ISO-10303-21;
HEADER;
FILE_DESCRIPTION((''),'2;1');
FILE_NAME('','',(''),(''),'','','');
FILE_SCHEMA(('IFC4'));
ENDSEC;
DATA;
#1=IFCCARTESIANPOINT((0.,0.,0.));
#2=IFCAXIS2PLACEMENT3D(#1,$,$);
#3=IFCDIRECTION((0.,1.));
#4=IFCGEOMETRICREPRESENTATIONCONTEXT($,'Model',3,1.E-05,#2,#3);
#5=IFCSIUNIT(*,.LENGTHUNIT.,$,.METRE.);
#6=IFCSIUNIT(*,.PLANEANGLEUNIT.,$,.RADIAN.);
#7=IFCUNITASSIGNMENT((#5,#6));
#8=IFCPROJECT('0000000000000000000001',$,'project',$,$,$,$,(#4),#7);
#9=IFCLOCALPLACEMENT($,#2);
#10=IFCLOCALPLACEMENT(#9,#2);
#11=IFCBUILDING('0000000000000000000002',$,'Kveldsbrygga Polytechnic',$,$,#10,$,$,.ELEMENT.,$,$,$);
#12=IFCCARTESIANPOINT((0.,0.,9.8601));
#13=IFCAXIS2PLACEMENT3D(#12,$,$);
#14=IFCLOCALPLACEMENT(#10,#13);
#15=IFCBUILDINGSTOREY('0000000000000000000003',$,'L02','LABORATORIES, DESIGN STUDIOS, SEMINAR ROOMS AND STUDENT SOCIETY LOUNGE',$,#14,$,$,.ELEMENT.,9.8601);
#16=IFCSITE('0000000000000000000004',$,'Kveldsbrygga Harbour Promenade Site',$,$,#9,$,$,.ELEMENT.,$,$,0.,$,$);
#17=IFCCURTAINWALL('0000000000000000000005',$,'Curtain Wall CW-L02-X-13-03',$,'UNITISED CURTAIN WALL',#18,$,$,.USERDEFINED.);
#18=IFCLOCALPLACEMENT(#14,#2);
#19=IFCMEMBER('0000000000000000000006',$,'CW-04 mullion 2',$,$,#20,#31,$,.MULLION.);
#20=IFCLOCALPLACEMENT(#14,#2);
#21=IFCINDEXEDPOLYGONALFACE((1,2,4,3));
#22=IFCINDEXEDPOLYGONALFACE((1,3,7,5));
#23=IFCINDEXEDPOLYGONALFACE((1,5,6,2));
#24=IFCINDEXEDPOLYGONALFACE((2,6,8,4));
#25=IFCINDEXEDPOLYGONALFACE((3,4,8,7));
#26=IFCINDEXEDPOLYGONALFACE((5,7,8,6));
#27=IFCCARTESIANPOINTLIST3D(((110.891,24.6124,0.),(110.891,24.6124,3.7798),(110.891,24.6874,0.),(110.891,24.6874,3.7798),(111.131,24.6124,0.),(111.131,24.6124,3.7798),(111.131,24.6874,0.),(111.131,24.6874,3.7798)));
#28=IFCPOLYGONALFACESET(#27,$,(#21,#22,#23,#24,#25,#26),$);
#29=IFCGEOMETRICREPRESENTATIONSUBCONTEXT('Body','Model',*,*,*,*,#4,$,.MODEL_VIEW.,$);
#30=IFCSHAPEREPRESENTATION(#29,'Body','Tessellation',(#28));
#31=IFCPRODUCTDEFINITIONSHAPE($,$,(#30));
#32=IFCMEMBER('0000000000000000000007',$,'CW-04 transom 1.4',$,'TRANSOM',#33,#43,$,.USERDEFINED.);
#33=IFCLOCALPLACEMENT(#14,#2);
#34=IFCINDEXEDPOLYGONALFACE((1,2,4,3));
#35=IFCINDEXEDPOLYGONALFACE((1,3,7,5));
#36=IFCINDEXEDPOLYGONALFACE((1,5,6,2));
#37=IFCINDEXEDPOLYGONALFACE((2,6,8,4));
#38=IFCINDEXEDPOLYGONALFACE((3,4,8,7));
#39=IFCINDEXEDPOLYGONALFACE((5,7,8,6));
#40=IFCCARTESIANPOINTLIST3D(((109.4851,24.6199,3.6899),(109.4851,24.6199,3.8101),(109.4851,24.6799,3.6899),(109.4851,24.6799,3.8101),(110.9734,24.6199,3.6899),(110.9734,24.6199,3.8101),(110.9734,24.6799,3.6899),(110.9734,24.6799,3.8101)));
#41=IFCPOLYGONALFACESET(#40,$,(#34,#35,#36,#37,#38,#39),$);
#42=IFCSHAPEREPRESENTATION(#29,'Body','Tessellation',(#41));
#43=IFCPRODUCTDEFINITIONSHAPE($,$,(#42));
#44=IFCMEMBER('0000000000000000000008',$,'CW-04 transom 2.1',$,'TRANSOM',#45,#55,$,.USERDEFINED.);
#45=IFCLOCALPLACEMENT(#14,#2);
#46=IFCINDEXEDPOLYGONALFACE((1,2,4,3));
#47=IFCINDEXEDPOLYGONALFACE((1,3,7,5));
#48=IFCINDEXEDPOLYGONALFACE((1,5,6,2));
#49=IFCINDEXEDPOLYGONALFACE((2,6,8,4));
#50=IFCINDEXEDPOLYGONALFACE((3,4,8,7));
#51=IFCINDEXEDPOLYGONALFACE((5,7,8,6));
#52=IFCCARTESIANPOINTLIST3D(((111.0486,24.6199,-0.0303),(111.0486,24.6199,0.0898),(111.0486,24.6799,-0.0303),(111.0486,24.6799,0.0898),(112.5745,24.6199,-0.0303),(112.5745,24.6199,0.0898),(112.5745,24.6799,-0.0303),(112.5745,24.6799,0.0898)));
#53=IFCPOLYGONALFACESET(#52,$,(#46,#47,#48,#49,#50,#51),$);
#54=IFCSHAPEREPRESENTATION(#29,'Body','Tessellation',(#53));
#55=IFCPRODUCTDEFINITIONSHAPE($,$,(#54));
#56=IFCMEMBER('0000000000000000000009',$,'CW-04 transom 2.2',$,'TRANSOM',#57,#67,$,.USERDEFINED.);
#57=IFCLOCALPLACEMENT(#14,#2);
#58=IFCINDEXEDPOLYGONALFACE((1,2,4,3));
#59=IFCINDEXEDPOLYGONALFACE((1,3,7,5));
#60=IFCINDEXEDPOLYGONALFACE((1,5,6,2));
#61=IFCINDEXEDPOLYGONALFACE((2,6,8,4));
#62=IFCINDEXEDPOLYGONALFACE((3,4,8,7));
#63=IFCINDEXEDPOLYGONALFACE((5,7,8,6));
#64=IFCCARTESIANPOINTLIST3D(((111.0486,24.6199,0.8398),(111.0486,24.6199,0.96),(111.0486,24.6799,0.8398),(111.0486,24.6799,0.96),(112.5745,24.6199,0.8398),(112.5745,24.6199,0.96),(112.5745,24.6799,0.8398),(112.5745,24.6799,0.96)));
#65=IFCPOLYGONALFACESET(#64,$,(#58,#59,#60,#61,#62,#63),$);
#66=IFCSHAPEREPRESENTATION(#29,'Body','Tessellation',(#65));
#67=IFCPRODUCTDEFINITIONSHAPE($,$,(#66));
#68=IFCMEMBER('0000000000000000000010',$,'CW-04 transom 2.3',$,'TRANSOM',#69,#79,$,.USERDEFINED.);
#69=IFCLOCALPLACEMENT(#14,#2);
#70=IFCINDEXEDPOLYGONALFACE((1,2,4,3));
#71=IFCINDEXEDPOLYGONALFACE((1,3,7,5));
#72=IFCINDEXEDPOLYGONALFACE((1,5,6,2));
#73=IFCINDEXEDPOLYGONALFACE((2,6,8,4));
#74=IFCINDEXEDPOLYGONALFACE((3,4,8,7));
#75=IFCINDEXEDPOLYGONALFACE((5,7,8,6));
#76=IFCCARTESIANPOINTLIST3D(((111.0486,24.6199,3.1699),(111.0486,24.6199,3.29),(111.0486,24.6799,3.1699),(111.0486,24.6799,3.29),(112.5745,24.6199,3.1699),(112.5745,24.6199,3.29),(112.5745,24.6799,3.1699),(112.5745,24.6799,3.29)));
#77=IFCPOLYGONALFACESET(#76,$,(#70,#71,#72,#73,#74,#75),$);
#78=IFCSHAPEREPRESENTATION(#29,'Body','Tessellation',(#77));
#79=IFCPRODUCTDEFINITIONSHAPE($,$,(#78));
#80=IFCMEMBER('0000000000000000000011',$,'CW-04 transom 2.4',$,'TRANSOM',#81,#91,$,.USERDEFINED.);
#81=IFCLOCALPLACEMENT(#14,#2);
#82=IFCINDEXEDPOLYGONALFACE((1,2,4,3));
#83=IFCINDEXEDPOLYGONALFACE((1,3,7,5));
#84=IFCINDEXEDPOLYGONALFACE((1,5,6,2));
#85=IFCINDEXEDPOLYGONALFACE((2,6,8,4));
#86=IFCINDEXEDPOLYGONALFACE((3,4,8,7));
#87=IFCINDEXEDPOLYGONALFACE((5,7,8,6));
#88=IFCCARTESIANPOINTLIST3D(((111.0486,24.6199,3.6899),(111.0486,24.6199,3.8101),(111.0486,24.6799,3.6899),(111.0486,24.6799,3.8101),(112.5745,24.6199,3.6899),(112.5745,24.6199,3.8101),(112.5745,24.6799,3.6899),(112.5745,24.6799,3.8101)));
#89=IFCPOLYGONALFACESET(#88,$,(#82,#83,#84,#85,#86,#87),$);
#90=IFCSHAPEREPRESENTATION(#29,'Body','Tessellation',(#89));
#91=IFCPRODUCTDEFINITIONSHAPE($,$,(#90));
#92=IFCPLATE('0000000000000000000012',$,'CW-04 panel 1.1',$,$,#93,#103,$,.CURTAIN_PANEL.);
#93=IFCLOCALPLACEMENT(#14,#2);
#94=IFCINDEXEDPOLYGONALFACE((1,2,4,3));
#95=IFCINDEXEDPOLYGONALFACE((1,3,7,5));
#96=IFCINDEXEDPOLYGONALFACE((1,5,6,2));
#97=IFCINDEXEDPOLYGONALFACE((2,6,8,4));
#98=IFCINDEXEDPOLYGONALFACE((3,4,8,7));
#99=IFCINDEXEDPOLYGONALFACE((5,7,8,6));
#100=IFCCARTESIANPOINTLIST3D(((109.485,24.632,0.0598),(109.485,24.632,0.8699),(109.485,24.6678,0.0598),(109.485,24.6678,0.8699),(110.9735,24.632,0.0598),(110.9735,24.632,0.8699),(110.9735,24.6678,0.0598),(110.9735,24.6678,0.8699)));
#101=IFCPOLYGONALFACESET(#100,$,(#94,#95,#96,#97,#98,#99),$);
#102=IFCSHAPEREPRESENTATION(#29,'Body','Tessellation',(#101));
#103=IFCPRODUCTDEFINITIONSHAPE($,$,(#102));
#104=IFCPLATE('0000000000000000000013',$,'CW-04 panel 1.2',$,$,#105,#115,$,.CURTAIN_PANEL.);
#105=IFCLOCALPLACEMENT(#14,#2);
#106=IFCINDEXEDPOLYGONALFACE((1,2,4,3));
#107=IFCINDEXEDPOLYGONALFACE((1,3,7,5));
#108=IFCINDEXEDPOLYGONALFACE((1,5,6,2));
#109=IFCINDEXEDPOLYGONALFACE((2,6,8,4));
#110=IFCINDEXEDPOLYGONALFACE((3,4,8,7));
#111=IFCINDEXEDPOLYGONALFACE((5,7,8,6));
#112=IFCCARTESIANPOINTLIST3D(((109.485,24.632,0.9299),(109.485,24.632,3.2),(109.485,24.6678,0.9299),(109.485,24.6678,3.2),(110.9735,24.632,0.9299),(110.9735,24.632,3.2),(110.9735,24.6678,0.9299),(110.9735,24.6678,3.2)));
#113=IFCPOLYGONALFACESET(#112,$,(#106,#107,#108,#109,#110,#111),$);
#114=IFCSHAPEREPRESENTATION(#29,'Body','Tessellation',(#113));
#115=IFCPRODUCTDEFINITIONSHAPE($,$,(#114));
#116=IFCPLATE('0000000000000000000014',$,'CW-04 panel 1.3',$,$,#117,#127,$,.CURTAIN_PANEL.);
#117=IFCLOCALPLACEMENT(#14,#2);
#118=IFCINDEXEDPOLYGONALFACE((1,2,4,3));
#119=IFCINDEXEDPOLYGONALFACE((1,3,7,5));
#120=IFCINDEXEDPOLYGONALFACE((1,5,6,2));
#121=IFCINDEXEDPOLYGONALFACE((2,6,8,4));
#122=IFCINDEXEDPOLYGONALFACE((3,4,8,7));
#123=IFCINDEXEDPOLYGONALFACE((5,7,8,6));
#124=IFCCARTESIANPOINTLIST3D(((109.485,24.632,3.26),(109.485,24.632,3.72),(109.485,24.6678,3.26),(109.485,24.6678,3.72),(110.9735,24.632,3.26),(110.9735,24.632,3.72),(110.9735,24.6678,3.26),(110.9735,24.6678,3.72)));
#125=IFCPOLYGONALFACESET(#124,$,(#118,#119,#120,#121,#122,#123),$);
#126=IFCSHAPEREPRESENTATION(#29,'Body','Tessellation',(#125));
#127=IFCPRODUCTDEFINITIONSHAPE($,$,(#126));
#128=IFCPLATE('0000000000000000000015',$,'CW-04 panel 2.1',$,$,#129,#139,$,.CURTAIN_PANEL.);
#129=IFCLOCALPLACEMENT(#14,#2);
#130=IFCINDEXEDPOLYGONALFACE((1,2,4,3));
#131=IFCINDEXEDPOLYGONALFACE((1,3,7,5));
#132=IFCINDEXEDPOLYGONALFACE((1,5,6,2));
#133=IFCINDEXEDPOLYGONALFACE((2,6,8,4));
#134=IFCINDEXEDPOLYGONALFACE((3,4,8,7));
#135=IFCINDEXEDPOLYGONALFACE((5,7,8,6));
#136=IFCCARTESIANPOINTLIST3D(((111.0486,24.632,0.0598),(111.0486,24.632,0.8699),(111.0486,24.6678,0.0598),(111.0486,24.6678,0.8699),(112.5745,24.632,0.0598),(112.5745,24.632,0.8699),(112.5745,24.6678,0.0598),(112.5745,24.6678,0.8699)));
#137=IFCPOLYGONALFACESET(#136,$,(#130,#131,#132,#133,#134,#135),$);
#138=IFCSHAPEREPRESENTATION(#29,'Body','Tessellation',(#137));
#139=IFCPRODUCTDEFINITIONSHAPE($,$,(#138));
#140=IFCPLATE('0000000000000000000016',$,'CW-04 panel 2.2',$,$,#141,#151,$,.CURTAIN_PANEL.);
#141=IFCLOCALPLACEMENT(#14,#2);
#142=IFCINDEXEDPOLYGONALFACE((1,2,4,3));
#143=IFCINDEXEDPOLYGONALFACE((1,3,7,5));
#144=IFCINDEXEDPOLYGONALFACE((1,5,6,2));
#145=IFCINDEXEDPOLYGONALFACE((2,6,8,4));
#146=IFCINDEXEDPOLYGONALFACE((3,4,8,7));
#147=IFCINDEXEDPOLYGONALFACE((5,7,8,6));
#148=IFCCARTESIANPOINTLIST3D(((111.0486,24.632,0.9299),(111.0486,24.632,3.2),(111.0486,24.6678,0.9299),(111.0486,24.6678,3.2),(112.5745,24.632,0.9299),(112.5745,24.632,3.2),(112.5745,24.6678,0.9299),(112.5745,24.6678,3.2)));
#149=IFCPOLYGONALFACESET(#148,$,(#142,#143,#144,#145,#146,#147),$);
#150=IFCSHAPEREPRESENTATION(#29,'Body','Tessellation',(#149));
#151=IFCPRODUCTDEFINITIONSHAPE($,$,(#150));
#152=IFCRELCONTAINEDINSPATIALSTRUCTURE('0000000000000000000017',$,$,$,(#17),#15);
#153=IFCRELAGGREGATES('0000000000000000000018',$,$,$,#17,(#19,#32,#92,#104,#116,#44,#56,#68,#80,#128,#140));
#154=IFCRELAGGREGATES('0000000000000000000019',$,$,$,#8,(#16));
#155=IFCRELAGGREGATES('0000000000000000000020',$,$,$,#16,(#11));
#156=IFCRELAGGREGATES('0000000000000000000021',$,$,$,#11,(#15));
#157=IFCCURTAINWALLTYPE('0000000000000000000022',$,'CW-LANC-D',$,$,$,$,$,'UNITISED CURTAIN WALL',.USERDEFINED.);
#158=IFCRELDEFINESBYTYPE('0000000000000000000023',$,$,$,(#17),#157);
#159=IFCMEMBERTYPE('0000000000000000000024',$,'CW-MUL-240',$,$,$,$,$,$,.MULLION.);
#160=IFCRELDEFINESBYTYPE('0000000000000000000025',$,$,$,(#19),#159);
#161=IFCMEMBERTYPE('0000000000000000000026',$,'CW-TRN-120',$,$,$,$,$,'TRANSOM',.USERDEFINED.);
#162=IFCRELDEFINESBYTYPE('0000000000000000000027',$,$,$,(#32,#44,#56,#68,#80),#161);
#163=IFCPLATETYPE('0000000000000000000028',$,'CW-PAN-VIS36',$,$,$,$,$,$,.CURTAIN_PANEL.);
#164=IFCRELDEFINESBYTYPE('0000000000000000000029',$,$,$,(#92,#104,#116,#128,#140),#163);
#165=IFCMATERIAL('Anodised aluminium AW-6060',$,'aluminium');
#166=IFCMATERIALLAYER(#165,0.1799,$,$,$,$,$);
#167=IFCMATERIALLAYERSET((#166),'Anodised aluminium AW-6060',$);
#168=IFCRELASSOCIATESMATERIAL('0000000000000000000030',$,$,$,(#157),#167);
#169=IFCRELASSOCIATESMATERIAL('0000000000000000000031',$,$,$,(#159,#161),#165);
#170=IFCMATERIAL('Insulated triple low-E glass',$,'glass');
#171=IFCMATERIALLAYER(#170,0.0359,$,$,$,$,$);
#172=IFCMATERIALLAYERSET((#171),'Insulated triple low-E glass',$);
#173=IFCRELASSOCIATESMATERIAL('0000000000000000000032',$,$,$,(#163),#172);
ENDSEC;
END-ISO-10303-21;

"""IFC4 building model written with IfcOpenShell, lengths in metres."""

from ifc_helpers import new_model, si_unit, direction, frame, origin, origin_2d, place, context, subcontext, project, spatial, rectangle, extrude, material, layer, layer_set, material_profile, profile_set, type_object, element, aggregate, save


model = new_model("IFC4")

# Units and contexts
model_context = context("Model", 3, precision=1e-05, world=origin(), true_north=direction((0.0, 1.0)))
body_context = subcontext(model_context, "Body", "Model", "MODEL_VIEW")
ifc_project = project(units=[si_unit("LENGTHUNIT", "METRE"), si_unit("PLANEANGLEUNIT", "RADIAN")], contexts=[model_context])

# Site, building, storey
site_placement = place(None, origin())
site = spatial("IfcSite", under=ifc_project, at=site_placement, Name="Kveldsbrygga Harbour Promenade Site", CompositionType="ELEMENT", RefElevation=0.0)
building_placement = place(site_placement, origin())
building = spatial("IfcBuilding", under=site, at=building_placement, Name="Kveldsbrygga Polytechnic", CompositionType="ELEMENT")
storey_placement = place(building_placement, frame((0.0, 0.0, 9.8601)))
storey = spatial("IfcBuildingStorey", under=building, at=storey_placement, Name="L02", Description="LABORATORIES, DESIGN STUDIOS, SEMINAR ROOMS AND STUDENT SOCIETY LOUNGE", CompositionType="ELEMENT", Elevation=9.8601)

# Curtain wall, members, plates
ifc_material_1 = material(Name="Anodised aluminium AW-6060", Category="aluminium")
ifc_layer_1 = layer(ifc_material_1, 0.1799)
ifc_layer_set_1 = layer_set([ifc_layer_1], Name="Anodised aluminium AW-6060")
curtain_wall_type = type_object("IfcCurtainWallType", Name="CW-LANC-D", ElementType="UNITISED CURTAIN WALL", PredefinedType="USERDEFINED", material=ifc_layer_set_1)
curtain_wall_placement = place(storey_placement, origin())
curtain_wall = element("IfcCurtainWall", 1, at=curtain_wall_placement, inside=storey, type_object=curtain_wall_type, Name="Curtain Wall CW-L02-X-13-03", ObjectType="UNITISED CURTAIN WALL", PredefinedType="USERDEFINED")
ifc_material_profile_1 = material_profile(ifc_material_1, rectangle(XDim=0.075, YDim=0.24, at=origin_2d()), Name="ALU 75x240")
ifc_profile_set_1 = profile_set([ifc_material_profile_1], Name="Anodised aluminium AW-6060")
member_type_1 = type_object("IfcMemberType", Name="CW-MUL-240", PredefinedType="MULLION", material=ifc_profile_set_1)
member_1_placement = place(storey_placement, frame((111.011, 24.6499, 0.0), z_axis=(0.0, 0.0, 1.0), x_axis=(0.0, 1.0, 0.0)))
member_1 = element("IfcMember", 2, at=member_1_placement, type_object=member_type_1, Name="CW-04 mullion 2", PredefinedType="MULLION", context=body_context, shape_type="SweptSolid", body=[
    extrude(rectangle(XDim=0.075, YDim=0.24, at=origin_2d()), origin(), (0.0, 0.0, 1.0), 3.7798),
])
ifc_material_profile_2 = material_profile(ifc_material_1, rectangle(XDim=0.0601, YDim=0.1201, at=origin_2d()), Name="ALU 60x120")
ifc_profile_set_2 = profile_set([ifc_material_profile_2], Name="Anodised aluminium AW-6060")
member_type_2 = type_object("IfcMemberType", Name="CW-TRN-120", ElementType="TRANSOM", PredefinedType="USERDEFINED", material=ifc_profile_set_2)
member_2_placement = place(storey_placement, frame((109.4851, 24.6499, 3.75), z_axis=(1.0, 0.0, 0.0), x_axis=(0.0, 1.0, 0.0)))
member_2 = element("IfcMember", 3, at=member_2_placement, type_object=member_type_2, Name="CW-04 transom 1.4", ObjectType="TRANSOM", PredefinedType="USERDEFINED", context=body_context, shape_type="SweptSolid", body=[
    extrude(rectangle(XDim=0.0601, YDim=0.1201, at=origin_2d()), origin(), (0.0, 0.0, 1.0), 1.4883),
])
member_3_placement = place(storey_placement, frame((111.0486, 24.6499, 0.0298), z_axis=(1.0, 0.0, 0.0), x_axis=(0.0, 1.0, 0.0)))
member_3 = element("IfcMember", 4, at=member_3_placement, type_object=member_type_2, Name="CW-04 transom 2.1", ObjectType="TRANSOM", PredefinedType="USERDEFINED", context=body_context, shape_type="SweptSolid", body=[
    extrude(rectangle(XDim=0.0601, YDim=0.1201, at=origin_2d()), origin(), (0.0, 0.0, 1.0), 1.5259),
])
member_4_placement = place(storey_placement, frame((111.0486, 24.6499, 0.8999), z_axis=(1.0, 0.0, 0.0), x_axis=(0.0, 1.0, 0.0)))
member_4 = element("IfcMember", 5, at=member_4_placement, type_object=member_type_2, Name="CW-04 transom 2.2", ObjectType="TRANSOM", PredefinedType="USERDEFINED", context=body_context, shape_type="SweptSolid", body=[
    extrude(rectangle(XDim=0.0601, YDim=0.1201, at=origin_2d()), origin(), (0.0, 0.0, 1.0), 1.5259),
])
member_5_placement = place(storey_placement, frame((111.0486, 24.6499, 3.23), z_axis=(1.0, 0.0, 0.0), x_axis=(0.0, 1.0, 0.0)))
member_5 = element("IfcMember", 6, at=member_5_placement, type_object=member_type_2, Name="CW-04 transom 2.3", ObjectType="TRANSOM", PredefinedType="USERDEFINED", context=body_context, shape_type="SweptSolid", body=[
    extrude(rectangle(XDim=0.0601, YDim=0.1201, at=origin_2d()), origin(), (0.0, 0.0, 1.0), 1.5259),
])
member_6_placement = place(storey_placement, frame((111.0486, 24.6499, 3.75), z_axis=(1.0, 0.0, 0.0), x_axis=(0.0, 1.0, 0.0)))
member_6 = element("IfcMember", 7, at=member_6_placement, type_object=member_type_2, Name="CW-04 transom 2.4", ObjectType="TRANSOM", PredefinedType="USERDEFINED", context=body_context, shape_type="SweptSolid", body=[
    extrude(rectangle(XDim=0.0601, YDim=0.1201, at=origin_2d()), origin(), (0.0, 0.0, 1.0), 1.5259),
])
ifc_material_2 = material(Name="Insulated triple low-E glass", Category="glass")
ifc_layer_2 = layer(ifc_material_2, 0.0359)
ifc_layer_set_2 = layer_set([ifc_layer_2], Name="Insulated triple low-E glass")
plate_type = type_object("IfcPlateType", Name="CW-PAN-VIS36", PredefinedType="CURTAIN_PANEL", material=ifc_layer_set_2)
plate_1_placement = place(storey_placement, frame((110.2292, 24.6499, 0.0598), z_axis=(0.0, 0.0, 1.0), x_axis=(1.0, 0.0, 0.0)))
plate_1 = element("IfcPlate", 8, at=plate_1_placement, type_object=plate_type, Name="CW-04 panel 1.1", PredefinedType="CURTAIN_PANEL", context=body_context, shape_type="SweptSolid", body=[
    extrude(rectangle(XDim=1.4885, YDim=0.0359, at=origin_2d()), origin(), (0.0, 0.0, 1.0), 0.8101),
])
plate_2_placement = place(storey_placement, frame((110.2292, 24.6499, 0.9299), z_axis=(0.0, 0.0, 1.0), x_axis=(1.0, 0.0, 0.0)))
plate_2 = element("IfcPlate", 9, at=plate_2_placement, type_object=plate_type, Name="CW-04 panel 1.2", PredefinedType="CURTAIN_PANEL", context=body_context, shape_type="SweptSolid", body=[
    extrude(rectangle(XDim=1.4885, YDim=0.0359, at=origin_2d()), origin(), (0.0, 0.0, 1.0), 2.27),
])
plate_3_placement = place(storey_placement, frame((110.2292, 24.6499, 3.26), z_axis=(0.0, 0.0, 1.0), x_axis=(1.0, 0.0, 0.0)))
plate_3 = element("IfcPlate", 10, at=plate_3_placement, type_object=plate_type, Name="CW-04 panel 1.3", PredefinedType="CURTAIN_PANEL", context=body_context, shape_type="SweptSolid", body=[
    extrude(rectangle(XDim=1.4885, YDim=0.0359, at=origin_2d()), origin(), (0.0, 0.0, 1.0), 0.46),
])
plate_4_placement = place(storey_placement, frame((111.8115, 24.6499, 0.0598), z_axis=(0.0, 0.0, 1.0), x_axis=(1.0, 0.0, 0.0)))
plate_4 = element("IfcPlate", 11, at=plate_4_placement, type_object=plate_type, Name="CW-04 panel 2.1", PredefinedType="CURTAIN_PANEL", context=body_context, shape_type="SweptSolid", body=[
    extrude(rectangle(XDim=1.5259, YDim=0.0359, at=origin_2d()), origin(), (0.0, 0.0, 1.0), 0.8101),
])
plate_5_placement = place(storey_placement, frame((111.8115, 24.6499, 0.9299), z_axis=(0.0, 0.0, 1.0), x_axis=(1.0, 0.0, 0.0)))
plate_5 = element("IfcPlate", 12, at=plate_5_placement, type_object=plate_type, Name="CW-04 panel 2.2", PredefinedType="CURTAIN_PANEL", context=body_context, shape_type="SweptSolid", body=[
    extrude(rectangle(XDim=1.5259, YDim=0.0359, at=origin_2d()), origin(), (0.0, 0.0, 1.0), 2.27),
])
aggregate(curtain_wall, [member_1, member_2, plate_1, plate_2, plate_3, member_3, member_4, member_5, member_6, plate_4, plate_5])

save(model, "model.ifc")
